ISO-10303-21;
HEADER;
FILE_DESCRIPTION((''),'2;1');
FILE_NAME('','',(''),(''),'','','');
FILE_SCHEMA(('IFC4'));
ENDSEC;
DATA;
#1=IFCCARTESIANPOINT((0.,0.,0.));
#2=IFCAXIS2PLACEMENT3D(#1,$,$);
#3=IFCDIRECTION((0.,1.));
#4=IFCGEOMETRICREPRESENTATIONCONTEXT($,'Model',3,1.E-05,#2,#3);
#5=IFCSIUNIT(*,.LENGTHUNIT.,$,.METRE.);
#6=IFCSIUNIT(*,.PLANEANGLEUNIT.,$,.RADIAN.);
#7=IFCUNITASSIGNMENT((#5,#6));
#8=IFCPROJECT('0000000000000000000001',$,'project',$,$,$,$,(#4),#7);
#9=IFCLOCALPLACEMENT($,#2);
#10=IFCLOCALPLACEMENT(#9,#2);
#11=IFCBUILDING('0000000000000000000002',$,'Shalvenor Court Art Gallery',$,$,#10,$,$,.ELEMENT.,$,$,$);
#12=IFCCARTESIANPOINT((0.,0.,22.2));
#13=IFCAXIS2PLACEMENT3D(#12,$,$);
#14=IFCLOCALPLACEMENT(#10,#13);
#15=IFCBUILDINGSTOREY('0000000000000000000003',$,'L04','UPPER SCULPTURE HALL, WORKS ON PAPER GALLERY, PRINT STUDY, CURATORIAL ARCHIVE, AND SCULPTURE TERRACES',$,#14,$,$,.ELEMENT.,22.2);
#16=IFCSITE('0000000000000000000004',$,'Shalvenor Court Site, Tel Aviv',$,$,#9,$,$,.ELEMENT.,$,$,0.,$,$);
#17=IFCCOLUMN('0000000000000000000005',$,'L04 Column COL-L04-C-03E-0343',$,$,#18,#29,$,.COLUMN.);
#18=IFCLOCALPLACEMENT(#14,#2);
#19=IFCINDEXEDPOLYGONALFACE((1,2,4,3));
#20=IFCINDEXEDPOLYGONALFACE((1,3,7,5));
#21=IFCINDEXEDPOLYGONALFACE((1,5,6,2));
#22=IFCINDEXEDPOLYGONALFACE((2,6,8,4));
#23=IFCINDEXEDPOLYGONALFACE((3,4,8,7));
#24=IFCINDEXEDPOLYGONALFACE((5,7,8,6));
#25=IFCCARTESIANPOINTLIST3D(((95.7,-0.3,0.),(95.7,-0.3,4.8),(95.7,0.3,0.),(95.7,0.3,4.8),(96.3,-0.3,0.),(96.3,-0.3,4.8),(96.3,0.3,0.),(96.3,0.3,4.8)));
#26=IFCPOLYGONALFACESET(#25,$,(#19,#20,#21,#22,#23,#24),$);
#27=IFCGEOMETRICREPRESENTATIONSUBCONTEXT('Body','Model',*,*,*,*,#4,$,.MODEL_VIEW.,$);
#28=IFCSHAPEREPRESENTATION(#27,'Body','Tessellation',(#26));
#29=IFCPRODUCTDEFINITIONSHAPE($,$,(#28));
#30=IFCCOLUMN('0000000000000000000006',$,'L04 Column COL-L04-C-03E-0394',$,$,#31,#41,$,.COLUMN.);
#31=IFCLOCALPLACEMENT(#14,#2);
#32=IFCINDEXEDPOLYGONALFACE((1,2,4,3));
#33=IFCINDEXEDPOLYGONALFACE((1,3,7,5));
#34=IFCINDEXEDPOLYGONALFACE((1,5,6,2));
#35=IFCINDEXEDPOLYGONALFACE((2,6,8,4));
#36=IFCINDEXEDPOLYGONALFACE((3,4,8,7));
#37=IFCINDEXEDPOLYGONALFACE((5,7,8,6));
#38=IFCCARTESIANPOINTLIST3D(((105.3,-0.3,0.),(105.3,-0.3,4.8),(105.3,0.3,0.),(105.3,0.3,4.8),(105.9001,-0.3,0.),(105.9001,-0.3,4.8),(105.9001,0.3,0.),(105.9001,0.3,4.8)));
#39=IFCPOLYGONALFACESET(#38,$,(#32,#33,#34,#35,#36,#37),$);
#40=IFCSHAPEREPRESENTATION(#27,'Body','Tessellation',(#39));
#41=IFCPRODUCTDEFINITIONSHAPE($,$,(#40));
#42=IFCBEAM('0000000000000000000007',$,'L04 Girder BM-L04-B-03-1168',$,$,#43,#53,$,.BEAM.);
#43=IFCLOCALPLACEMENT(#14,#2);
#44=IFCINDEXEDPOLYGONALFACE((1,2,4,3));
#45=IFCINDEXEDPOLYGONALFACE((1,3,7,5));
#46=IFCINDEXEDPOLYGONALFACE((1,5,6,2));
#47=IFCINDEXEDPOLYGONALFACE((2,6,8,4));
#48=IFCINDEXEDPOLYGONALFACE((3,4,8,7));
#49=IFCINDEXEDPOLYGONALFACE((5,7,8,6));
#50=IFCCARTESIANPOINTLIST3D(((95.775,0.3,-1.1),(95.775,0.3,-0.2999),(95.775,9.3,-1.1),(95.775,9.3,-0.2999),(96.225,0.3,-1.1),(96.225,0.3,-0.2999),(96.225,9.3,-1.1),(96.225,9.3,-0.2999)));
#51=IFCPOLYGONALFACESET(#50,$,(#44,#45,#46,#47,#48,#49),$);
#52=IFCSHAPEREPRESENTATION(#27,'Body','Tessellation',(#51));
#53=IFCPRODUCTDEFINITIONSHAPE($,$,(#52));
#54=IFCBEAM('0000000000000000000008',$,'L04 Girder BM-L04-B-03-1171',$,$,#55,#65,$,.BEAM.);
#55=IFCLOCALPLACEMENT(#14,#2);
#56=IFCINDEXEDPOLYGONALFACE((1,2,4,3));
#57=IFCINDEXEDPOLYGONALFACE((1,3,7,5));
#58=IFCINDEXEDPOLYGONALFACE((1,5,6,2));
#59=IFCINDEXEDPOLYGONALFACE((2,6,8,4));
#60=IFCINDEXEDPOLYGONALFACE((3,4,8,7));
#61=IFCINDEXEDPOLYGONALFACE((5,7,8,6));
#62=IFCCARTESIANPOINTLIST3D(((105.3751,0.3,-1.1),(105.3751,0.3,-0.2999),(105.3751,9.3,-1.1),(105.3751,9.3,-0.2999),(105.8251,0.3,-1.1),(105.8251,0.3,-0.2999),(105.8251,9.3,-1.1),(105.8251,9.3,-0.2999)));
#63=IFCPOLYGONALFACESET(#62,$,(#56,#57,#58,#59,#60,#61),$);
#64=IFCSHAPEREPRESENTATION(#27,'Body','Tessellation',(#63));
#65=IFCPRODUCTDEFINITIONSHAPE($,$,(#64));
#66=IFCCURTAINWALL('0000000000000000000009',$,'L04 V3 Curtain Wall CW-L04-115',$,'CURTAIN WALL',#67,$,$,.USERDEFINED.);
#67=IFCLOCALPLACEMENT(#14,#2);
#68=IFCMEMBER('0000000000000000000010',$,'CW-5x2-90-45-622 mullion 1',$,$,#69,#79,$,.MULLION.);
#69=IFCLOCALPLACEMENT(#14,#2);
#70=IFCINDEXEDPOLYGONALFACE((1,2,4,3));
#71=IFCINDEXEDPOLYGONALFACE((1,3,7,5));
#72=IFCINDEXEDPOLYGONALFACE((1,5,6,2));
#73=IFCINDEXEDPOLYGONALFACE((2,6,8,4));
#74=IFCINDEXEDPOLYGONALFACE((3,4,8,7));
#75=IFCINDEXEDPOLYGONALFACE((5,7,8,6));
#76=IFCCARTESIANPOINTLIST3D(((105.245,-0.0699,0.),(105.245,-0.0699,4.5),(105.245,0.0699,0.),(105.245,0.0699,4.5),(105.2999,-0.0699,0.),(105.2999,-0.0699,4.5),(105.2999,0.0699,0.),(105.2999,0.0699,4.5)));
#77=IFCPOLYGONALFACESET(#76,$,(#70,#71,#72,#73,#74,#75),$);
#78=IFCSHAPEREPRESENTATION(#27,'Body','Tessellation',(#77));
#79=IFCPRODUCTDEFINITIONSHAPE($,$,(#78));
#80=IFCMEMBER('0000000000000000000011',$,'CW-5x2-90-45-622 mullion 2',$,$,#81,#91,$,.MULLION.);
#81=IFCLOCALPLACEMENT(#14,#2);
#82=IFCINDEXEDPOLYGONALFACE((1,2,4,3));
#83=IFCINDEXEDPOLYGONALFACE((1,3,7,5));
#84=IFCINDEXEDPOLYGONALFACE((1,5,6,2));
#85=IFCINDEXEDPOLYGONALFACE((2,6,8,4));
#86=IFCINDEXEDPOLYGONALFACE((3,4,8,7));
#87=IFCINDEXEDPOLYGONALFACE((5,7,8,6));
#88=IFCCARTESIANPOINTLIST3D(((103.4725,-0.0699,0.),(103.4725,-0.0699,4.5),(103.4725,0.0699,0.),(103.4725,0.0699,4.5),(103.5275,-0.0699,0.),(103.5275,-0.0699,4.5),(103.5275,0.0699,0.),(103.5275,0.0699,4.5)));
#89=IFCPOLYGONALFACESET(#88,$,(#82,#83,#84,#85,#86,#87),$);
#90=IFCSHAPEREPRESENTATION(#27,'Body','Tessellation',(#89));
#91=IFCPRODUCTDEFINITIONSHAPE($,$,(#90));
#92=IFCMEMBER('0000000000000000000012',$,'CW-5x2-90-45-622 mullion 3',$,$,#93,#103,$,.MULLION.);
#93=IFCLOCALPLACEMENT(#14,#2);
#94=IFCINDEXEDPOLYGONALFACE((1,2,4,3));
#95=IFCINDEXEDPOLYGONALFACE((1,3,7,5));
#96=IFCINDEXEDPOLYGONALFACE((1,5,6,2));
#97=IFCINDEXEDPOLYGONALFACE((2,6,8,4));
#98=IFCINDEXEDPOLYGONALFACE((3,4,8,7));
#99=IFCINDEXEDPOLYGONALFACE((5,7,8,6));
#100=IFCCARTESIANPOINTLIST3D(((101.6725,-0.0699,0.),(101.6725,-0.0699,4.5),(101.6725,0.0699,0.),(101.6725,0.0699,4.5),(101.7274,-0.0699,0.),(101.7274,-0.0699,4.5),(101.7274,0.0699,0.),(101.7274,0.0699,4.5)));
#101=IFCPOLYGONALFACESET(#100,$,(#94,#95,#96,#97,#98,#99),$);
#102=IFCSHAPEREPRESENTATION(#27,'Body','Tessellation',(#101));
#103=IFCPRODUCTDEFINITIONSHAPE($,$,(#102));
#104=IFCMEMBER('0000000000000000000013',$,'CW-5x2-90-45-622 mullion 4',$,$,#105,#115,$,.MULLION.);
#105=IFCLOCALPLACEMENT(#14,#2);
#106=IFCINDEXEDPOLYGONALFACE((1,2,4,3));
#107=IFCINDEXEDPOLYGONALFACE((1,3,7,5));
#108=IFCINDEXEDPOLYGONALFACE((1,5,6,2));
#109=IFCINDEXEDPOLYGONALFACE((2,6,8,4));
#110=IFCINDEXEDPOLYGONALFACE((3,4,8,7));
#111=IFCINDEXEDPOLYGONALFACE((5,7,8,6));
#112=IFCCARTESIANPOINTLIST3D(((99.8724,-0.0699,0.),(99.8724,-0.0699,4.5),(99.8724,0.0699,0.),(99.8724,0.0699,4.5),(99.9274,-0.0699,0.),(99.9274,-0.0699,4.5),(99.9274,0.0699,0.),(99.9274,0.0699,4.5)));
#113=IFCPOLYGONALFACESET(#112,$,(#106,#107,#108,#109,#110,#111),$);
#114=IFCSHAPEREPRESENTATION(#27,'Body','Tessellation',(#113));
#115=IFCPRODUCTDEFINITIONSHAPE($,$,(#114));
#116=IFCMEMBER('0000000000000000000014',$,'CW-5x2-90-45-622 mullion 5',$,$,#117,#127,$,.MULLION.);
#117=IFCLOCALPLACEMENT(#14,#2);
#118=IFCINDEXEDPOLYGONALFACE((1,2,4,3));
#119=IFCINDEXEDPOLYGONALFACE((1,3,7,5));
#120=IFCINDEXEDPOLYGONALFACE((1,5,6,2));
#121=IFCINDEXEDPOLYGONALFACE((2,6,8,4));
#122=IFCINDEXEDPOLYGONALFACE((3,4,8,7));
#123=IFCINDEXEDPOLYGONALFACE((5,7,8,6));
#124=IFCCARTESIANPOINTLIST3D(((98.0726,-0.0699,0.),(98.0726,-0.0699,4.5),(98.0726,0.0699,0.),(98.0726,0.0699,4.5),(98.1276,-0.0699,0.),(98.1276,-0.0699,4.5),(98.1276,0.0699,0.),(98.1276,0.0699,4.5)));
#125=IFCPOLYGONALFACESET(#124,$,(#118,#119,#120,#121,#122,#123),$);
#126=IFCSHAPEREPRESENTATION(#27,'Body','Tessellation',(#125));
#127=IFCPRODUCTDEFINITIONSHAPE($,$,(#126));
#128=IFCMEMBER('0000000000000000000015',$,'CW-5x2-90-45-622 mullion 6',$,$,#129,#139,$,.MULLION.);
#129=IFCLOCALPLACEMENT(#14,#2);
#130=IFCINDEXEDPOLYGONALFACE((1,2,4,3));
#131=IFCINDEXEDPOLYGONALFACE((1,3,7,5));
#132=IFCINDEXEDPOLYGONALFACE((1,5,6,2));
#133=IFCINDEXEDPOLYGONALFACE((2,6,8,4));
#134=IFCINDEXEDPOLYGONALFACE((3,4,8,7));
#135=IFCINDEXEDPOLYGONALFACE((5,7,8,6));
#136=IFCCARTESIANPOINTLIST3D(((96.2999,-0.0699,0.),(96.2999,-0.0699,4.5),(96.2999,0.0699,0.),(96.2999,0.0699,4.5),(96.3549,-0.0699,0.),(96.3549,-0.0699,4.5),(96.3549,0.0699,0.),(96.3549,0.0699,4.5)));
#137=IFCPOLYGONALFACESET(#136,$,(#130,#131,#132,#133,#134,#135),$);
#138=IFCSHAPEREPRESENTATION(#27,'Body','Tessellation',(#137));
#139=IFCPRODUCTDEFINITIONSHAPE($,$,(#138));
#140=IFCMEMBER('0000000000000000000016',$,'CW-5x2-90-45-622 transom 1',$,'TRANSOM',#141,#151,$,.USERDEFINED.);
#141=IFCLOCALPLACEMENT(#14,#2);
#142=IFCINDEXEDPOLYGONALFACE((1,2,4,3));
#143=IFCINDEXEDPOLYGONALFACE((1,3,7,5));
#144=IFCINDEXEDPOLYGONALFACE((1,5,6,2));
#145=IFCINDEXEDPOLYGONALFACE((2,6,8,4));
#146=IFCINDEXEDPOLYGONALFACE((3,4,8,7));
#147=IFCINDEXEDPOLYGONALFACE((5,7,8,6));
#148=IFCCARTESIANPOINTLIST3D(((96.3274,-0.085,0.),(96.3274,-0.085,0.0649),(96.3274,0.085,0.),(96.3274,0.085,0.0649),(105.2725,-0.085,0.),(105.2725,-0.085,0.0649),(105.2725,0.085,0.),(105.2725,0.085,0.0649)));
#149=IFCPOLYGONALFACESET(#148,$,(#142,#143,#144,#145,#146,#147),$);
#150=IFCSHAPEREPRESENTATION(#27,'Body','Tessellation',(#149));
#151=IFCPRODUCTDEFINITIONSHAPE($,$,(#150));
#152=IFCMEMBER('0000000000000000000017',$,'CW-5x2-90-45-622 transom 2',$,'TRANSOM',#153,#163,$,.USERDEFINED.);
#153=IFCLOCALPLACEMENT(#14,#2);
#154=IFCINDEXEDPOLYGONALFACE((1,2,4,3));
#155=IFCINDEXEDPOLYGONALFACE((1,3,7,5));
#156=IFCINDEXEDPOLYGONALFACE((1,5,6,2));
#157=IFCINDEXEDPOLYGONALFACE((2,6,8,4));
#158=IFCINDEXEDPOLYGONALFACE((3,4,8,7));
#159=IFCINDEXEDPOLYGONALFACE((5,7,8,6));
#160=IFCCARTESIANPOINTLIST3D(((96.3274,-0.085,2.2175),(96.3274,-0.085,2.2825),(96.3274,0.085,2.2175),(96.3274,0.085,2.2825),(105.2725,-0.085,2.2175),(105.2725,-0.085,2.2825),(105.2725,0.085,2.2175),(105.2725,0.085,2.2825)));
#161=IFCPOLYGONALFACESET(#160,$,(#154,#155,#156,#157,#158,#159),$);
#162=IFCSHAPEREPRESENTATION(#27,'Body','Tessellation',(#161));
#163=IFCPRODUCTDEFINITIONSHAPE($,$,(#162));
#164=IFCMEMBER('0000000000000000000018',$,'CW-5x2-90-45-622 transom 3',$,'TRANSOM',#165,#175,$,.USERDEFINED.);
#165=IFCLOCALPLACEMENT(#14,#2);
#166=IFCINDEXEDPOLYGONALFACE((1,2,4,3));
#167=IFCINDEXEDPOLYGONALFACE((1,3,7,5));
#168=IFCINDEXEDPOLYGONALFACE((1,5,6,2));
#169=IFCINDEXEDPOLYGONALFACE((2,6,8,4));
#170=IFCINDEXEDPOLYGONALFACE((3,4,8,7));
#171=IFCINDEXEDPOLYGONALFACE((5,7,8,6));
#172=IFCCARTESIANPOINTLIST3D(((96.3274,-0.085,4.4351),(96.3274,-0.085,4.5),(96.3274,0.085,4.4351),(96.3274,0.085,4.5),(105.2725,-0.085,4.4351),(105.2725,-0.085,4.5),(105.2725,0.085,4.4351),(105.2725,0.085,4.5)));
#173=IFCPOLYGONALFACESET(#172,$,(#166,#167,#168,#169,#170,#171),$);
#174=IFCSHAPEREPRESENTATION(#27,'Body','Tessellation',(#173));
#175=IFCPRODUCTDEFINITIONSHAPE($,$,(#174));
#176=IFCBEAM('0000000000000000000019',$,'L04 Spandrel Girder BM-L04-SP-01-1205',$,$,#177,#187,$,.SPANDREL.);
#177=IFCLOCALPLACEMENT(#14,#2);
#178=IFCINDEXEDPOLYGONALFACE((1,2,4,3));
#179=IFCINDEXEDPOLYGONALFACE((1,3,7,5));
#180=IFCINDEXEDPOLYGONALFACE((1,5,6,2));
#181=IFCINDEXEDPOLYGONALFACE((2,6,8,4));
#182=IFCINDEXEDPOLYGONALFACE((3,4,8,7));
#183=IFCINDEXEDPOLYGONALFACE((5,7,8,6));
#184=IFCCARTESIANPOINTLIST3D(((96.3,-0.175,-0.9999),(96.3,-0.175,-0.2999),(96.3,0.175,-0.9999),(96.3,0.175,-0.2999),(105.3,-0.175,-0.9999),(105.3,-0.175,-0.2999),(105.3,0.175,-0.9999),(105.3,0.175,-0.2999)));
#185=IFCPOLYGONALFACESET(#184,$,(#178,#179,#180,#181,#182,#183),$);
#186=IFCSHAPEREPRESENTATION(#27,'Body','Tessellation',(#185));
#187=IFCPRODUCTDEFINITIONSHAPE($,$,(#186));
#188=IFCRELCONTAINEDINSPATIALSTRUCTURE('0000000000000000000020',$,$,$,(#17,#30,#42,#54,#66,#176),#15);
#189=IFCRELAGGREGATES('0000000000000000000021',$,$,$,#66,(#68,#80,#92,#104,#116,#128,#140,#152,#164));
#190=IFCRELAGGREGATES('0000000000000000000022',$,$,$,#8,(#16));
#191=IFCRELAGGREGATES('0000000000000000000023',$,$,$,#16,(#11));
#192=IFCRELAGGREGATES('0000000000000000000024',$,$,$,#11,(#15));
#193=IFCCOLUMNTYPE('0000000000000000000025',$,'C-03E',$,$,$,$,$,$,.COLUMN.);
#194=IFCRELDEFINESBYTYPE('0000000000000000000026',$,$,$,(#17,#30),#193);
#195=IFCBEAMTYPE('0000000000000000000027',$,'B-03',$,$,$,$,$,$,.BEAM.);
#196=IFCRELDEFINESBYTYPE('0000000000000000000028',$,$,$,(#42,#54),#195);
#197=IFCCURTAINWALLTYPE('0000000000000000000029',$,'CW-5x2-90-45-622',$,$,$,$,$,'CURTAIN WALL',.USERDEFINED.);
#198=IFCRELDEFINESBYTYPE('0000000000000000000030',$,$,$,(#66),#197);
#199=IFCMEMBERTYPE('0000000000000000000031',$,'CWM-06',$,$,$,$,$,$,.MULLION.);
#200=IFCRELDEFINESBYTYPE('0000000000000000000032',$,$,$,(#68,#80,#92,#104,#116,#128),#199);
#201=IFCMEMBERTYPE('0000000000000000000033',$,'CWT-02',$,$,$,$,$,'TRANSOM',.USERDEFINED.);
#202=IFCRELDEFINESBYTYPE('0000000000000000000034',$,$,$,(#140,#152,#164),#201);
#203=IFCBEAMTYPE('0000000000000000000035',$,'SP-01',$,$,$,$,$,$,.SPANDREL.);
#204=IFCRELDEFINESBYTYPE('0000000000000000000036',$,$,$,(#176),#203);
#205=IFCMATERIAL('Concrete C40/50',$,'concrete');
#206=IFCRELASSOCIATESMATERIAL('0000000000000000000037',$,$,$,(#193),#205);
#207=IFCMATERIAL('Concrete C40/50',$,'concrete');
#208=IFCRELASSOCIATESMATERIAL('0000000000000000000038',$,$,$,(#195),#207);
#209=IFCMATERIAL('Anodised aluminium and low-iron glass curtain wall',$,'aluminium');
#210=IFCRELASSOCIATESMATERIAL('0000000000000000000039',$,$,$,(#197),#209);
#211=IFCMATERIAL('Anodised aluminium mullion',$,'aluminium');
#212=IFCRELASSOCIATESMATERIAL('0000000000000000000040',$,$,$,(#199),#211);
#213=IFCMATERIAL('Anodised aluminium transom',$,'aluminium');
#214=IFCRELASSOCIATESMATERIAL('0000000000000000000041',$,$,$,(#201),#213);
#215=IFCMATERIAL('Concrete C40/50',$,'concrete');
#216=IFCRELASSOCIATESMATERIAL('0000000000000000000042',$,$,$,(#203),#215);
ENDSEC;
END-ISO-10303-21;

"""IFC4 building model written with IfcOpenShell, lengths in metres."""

from ifc_helpers import new_model, si_unit, direction, frame, origin, origin_2d, place, context, subcontext, project, spatial, rectangle, extrude, material, material_profile, profile_set, type_object, element, aggregate, save


model = new_model("IFC4")

# Units and contexts
model_context = context("Model", 3, precision=1e-05, world=origin(), true_north=direction((0.0, 1.0)))
body_context = subcontext(model_context, "Body", "Model", "MODEL_VIEW")
ifc_project = project(units=[si_unit("LENGTHUNIT", "METRE"), si_unit("PLANEANGLEUNIT", "RADIAN")], contexts=[model_context])

# Site, building, storey
site_placement = place(None, origin())
site = spatial("IfcSite", under=ifc_project, at=site_placement, Name="Shalvenor Court Site, Tel Aviv", CompositionType="ELEMENT", RefElevation=0.0)
building_placement = place(site_placement, origin())
building = spatial("IfcBuilding", under=site, at=building_placement, Name="Shalvenor Court Art Gallery", CompositionType="ELEMENT")
storey_placement = place(building_placement, frame((0.0, 0.0, 22.2)))
storey = spatial("IfcBuildingStorey", under=building, at=storey_placement, Name="L04", Description="UPPER SCULPTURE HALL, WORKS ON PAPER GALLERY, PRINT STUDY, CURATORIAL ARCHIVE, AND SCULPTURE TERRACES", CompositionType="ELEMENT", Elevation=22.2)

# Columns
ifc_material_1 = material(Name="Concrete C40/50", Category="concrete")
ifc_material_profile_1 = material_profile(ifc_material_1, rectangle(XDim=0.6001, YDim=0.6001, at=origin_2d()), Name="RC 600x600")
ifc_profile_set_1 = profile_set([ifc_material_profile_1], Name="Concrete C40/50")
column_type = type_object("IfcColumnType", Name="C-03E", PredefinedType="COLUMN", material=ifc_profile_set_1)
for number, where, z_axis, x_axis, name in (
    (1, (96.0, 0.0, 0.0), (0.0, 0.0, 1.0), (1.0, 0.0, 0.0), "L04 Column COL-L04-C-03E-0343"),
    (2, (105.6001, 0.0, 0.0), (0.0, 0.0, 1.0), (1.0, 0.0, 0.0), "L04 Column COL-L04-C-03E-0394"),
):
    element("IfcColumn", number, at=place(storey_placement, frame(where, z_axis=z_axis, x_axis=x_axis)), inside=storey, type_object=column_type, Name=name, PredefinedType="COLUMN", context=body_context, shape_type="SweptSolid", body=[
        extrude(rectangle(XDim=0.6001, YDim=0.6001, at=origin_2d()), origin(), (0.0, 0.0, 1.0), 4.8),
    ])

# Beams
ifc_material_2 = material(Name="Concrete C40/50", Category="concrete")
ifc_material_profile_2 = material_profile(ifc_material_2, rectangle(XDim=0.45, YDim=0.8, at=origin_2d()), Name="RC 450x800")
ifc_profile_set_2 = profile_set([ifc_material_profile_2], Name="Concrete C40/50")
beam_type_1 = type_object("IfcBeamType", Name="B-03", PredefinedType="BEAM", material=ifc_profile_set_2)
for number, where, z_axis, x_axis, name in (
    (3, (96.0, 0.3, -0.7), (0.0, 1.0, 0.0), (-1.0, 0.0, 0.0), "L04 Girder BM-L04-B-03-1168"),
    (4, (105.6001, 0.3, -0.7), (0.0, 1.0, 0.0), (-1.0, 0.0, 0.0), "L04 Girder BM-L04-B-03-1171"),
):
    element("IfcBeam", number, at=place(storey_placement, frame(where, z_axis=z_axis, x_axis=x_axis)), inside=storey, type_object=beam_type_1, Name=name, PredefinedType="BEAM", context=body_context, shape_type="SweptSolid", body=[
        extrude(rectangle(XDim=0.45, YDim=0.8, at=origin_2d()), origin(), (0.0, 0.0, 1.0), 9.0),
    ])

# Curtain wall, members
ifc_material_3 = material(Name="Anodised aluminium and low-iron glass curtain wall", Category="aluminium")
curtain_wall_type = type_object("IfcCurtainWallType", Name="CW-5x2-90-45-622", ElementType="CURTAIN WALL", PredefinedType="USERDEFINED", material=ifc_material_3)
curtain_wall_placement = place(storey_placement, origin())
curtain_wall = element("IfcCurtainWall", 5, at=curtain_wall_placement, inside=storey, type_object=curtain_wall_type, Name="L04 V3 Curtain Wall CW-L04-115", ObjectType="CURTAIN WALL", PredefinedType="USERDEFINED")
ifc_material_4 = material(Name="Anodised aluminium mullion", Category="aluminium")
ifc_material_profile_3 = material_profile(ifc_material_4, rectangle(XDim=0.0549, YDim=0.1399, at=origin_2d()), Name="CWM-06")
ifc_profile_set_3 = profile_set([ifc_material_profile_3], Name="Anodised aluminium mullion")
member_type_1 = type_object("IfcMemberType", Name="CWM-06", PredefinedType="MULLION", material=ifc_profile_set_3)
member_1_placement = place(storey_placement, frame((105.2725, 0.0, 0.0), z_axis=(0.0, 0.0, 1.0), x_axis=(-1.0, 0.0, 0.0)))
member_1 = element("IfcMember", 6, at=member_1_placement, type_object=member_type_1, Name="CW-5x2-90-45-622 mullion 1", PredefinedType="MULLION", context=body_context, shape_type="SweptSolid", body=[
    extrude(rectangle(XDim=0.0549, YDim=0.1399, at=origin_2d()), origin(), (0.0, 0.0, 1.0), 4.5),
])
member_2_placement = place(storey_placement, frame((103.5, 0.0, 0.0), z_axis=(0.0, 0.0, 1.0), x_axis=(-1.0, 0.0, 0.0)))
member_2 = element("IfcMember", 7, at=member_2_placement, type_object=member_type_1, Name="CW-5x2-90-45-622 mullion 2", PredefinedType="MULLION", context=body_context, shape_type="SweptSolid", body=[
    extrude(rectangle(XDim=0.0549, YDim=0.1399, at=origin_2d()), origin(), (0.0, 0.0, 1.0), 4.5),
])
member_3_placement = place(storey_placement, frame((101.7, 0.0, 0.0), z_axis=(0.0, 0.0, 1.0), x_axis=(-1.0, 0.0, 0.0)))
member_3 = element("IfcMember", 8, at=member_3_placement, type_object=member_type_1, Name="CW-5x2-90-45-622 mullion 3", PredefinedType="MULLION", context=body_context, shape_type="SweptSolid", body=[
    extrude(rectangle(XDim=0.0549, YDim=0.1399, at=origin_2d()), origin(), (0.0, 0.0, 1.0), 4.5),
])
member_4_placement = place(storey_placement, frame((99.8999, 0.0, 0.0), z_axis=(0.0, 0.0, 1.0), x_axis=(-1.0, 0.0, 0.0)))
member_4 = element("IfcMember", 9, at=member_4_placement, type_object=member_type_1, Name="CW-5x2-90-45-622 mullion 4", PredefinedType="MULLION", context=body_context, shape_type="SweptSolid", body=[
    extrude(rectangle(XDim=0.0549, YDim=0.1399, at=origin_2d()), origin(), (0.0, 0.0, 1.0), 4.5),
])
member_5_placement = place(storey_placement, frame((98.1001, 0.0, 0.0), z_axis=(0.0, 0.0, 1.0), x_axis=(-1.0, 0.0, 0.0)))
member_5 = element("IfcMember", 10, at=member_5_placement, type_object=member_type_1, Name="CW-5x2-90-45-622 mullion 5", PredefinedType="MULLION", context=body_context, shape_type="SweptSolid", body=[
    extrude(rectangle(XDim=0.0549, YDim=0.1399, at=origin_2d()), origin(), (0.0, 0.0, 1.0), 4.5),
])
member_6_placement = place(storey_placement, frame((96.3274, 0.0, 0.0), z_axis=(0.0, 0.0, 1.0), x_axis=(-1.0, 0.0, 0.0)))
member_6 = element("IfcMember", 11, at=member_6_placement, type_object=member_type_1, Name="CW-5x2-90-45-622 mullion 6", PredefinedType="MULLION", context=body_context, shape_type="SweptSolid", body=[
    extrude(rectangle(XDim=0.0549, YDim=0.1399, at=origin_2d()), origin(), (0.0, 0.0, 1.0), 4.5),
])
ifc_material_5 = material(Name="Anodised aluminium transom", Category="aluminium")
ifc_material_profile_4 = material_profile(ifc_material_5, rectangle(XDim=0.1699, YDim=0.0649, at=origin_2d()), Name="CWT-02")
ifc_profile_set_4 = profile_set([ifc_material_profile_4], Name="Anodised aluminium transom")
member_type_2 = type_object("IfcMemberType", Name="CWT-02", ElementType="TRANSOM", PredefinedType="USERDEFINED", material=ifc_profile_set_4)
member_7_placement = place(storey_placement, frame((105.2725, 0.0, 0.0325), z_axis=(-1.0, 0.0, 0.0), x_axis=(0.0, -1.0, 0.0)))
member_7 = element("IfcMember", 12, at=member_7_placement, type_object=member_type_2, Name="CW-5x2-90-45-622 transom 1", ObjectType="TRANSOM", PredefinedType="USERDEFINED", context=body_context, shape_type="SweptSolid", body=[
    extrude(rectangle(XDim=0.1699, YDim=0.0649, at=origin_2d()), origin(), (0.0, 0.0, 1.0), 8.9451),
])
member_8_placement = place(storey_placement, frame((105.2725, 0.0, 2.25), z_axis=(-1.0, 0.0, 0.0), x_axis=(0.0, -1.0, 0.0)))
member_8 = element("IfcMember", 13, at=member_8_placement, type_object=member_type_2, Name="CW-5x2-90-45-622 transom 2", ObjectType="TRANSOM", PredefinedType="USERDEFINED", context=body_context, shape_type="SweptSolid", body=[
    extrude(rectangle(XDim=0.1699, YDim=0.0649, at=origin_2d()), origin(), (0.0, 0.0, 1.0), 8.9451),
])
member_9_placement = place(storey_placement, frame((105.2725, 0.0, 4.4675), z_axis=(-1.0, 0.0, 0.0), x_axis=(0.0, -1.0, 0.0)))
member_9 = element("IfcMember", 14, at=member_9_placement, type_object=member_type_2, Name="CW-5x2-90-45-622 transom 3", ObjectType="TRANSOM", PredefinedType="USERDEFINED", context=body_context, shape_type="SweptSolid", body=[
    extrude(rectangle(XDim=0.1699, YDim=0.0649, at=origin_2d()), origin(), (0.0, 0.0, 1.0), 8.9451),
])

# Beam
ifc_material_6 = material(Name="Concrete C40/50", Category="concrete")
ifc_material_profile_5 = material_profile(ifc_material_6, rectangle(XDim=0.3501, YDim=0.7, at=origin_2d()), Name="RC 350x700")
ifc_profile_set_5 = profile_set([ifc_material_profile_5], Name="Concrete C40/50")
beam_type_2 = type_object("IfcBeamType", Name="SP-01", PredefinedType="SPANDREL", material=ifc_profile_set_5)
for number, where, z_axis, x_axis, name in (
    (15, (96.3, 0.0, -0.6499), (1.0, 0.0, 0.0), (0.0, 1.0, 0.0), "L04 Spandrel Girder BM-L04-SP-01-1205"),
):
    element("IfcBeam", number, at=place(storey_placement, frame(where, z_axis=z_axis, x_axis=x_axis)), inside=storey, type_object=beam_type_2, Name=name, PredefinedType="SPANDREL", context=body_context, shape_type="SweptSolid", body=[
        extrude(rectangle(XDim=0.3501, YDim=0.7, at=origin_2d()), origin(), (0.0, 0.0, 1.0), 9.0),
    ])

aggregate(curtain_wall, [member_1, member_2, member_3, member_4, member_5, member_6, member_7, member_8, member_9])

save(model, "model.ifc")
